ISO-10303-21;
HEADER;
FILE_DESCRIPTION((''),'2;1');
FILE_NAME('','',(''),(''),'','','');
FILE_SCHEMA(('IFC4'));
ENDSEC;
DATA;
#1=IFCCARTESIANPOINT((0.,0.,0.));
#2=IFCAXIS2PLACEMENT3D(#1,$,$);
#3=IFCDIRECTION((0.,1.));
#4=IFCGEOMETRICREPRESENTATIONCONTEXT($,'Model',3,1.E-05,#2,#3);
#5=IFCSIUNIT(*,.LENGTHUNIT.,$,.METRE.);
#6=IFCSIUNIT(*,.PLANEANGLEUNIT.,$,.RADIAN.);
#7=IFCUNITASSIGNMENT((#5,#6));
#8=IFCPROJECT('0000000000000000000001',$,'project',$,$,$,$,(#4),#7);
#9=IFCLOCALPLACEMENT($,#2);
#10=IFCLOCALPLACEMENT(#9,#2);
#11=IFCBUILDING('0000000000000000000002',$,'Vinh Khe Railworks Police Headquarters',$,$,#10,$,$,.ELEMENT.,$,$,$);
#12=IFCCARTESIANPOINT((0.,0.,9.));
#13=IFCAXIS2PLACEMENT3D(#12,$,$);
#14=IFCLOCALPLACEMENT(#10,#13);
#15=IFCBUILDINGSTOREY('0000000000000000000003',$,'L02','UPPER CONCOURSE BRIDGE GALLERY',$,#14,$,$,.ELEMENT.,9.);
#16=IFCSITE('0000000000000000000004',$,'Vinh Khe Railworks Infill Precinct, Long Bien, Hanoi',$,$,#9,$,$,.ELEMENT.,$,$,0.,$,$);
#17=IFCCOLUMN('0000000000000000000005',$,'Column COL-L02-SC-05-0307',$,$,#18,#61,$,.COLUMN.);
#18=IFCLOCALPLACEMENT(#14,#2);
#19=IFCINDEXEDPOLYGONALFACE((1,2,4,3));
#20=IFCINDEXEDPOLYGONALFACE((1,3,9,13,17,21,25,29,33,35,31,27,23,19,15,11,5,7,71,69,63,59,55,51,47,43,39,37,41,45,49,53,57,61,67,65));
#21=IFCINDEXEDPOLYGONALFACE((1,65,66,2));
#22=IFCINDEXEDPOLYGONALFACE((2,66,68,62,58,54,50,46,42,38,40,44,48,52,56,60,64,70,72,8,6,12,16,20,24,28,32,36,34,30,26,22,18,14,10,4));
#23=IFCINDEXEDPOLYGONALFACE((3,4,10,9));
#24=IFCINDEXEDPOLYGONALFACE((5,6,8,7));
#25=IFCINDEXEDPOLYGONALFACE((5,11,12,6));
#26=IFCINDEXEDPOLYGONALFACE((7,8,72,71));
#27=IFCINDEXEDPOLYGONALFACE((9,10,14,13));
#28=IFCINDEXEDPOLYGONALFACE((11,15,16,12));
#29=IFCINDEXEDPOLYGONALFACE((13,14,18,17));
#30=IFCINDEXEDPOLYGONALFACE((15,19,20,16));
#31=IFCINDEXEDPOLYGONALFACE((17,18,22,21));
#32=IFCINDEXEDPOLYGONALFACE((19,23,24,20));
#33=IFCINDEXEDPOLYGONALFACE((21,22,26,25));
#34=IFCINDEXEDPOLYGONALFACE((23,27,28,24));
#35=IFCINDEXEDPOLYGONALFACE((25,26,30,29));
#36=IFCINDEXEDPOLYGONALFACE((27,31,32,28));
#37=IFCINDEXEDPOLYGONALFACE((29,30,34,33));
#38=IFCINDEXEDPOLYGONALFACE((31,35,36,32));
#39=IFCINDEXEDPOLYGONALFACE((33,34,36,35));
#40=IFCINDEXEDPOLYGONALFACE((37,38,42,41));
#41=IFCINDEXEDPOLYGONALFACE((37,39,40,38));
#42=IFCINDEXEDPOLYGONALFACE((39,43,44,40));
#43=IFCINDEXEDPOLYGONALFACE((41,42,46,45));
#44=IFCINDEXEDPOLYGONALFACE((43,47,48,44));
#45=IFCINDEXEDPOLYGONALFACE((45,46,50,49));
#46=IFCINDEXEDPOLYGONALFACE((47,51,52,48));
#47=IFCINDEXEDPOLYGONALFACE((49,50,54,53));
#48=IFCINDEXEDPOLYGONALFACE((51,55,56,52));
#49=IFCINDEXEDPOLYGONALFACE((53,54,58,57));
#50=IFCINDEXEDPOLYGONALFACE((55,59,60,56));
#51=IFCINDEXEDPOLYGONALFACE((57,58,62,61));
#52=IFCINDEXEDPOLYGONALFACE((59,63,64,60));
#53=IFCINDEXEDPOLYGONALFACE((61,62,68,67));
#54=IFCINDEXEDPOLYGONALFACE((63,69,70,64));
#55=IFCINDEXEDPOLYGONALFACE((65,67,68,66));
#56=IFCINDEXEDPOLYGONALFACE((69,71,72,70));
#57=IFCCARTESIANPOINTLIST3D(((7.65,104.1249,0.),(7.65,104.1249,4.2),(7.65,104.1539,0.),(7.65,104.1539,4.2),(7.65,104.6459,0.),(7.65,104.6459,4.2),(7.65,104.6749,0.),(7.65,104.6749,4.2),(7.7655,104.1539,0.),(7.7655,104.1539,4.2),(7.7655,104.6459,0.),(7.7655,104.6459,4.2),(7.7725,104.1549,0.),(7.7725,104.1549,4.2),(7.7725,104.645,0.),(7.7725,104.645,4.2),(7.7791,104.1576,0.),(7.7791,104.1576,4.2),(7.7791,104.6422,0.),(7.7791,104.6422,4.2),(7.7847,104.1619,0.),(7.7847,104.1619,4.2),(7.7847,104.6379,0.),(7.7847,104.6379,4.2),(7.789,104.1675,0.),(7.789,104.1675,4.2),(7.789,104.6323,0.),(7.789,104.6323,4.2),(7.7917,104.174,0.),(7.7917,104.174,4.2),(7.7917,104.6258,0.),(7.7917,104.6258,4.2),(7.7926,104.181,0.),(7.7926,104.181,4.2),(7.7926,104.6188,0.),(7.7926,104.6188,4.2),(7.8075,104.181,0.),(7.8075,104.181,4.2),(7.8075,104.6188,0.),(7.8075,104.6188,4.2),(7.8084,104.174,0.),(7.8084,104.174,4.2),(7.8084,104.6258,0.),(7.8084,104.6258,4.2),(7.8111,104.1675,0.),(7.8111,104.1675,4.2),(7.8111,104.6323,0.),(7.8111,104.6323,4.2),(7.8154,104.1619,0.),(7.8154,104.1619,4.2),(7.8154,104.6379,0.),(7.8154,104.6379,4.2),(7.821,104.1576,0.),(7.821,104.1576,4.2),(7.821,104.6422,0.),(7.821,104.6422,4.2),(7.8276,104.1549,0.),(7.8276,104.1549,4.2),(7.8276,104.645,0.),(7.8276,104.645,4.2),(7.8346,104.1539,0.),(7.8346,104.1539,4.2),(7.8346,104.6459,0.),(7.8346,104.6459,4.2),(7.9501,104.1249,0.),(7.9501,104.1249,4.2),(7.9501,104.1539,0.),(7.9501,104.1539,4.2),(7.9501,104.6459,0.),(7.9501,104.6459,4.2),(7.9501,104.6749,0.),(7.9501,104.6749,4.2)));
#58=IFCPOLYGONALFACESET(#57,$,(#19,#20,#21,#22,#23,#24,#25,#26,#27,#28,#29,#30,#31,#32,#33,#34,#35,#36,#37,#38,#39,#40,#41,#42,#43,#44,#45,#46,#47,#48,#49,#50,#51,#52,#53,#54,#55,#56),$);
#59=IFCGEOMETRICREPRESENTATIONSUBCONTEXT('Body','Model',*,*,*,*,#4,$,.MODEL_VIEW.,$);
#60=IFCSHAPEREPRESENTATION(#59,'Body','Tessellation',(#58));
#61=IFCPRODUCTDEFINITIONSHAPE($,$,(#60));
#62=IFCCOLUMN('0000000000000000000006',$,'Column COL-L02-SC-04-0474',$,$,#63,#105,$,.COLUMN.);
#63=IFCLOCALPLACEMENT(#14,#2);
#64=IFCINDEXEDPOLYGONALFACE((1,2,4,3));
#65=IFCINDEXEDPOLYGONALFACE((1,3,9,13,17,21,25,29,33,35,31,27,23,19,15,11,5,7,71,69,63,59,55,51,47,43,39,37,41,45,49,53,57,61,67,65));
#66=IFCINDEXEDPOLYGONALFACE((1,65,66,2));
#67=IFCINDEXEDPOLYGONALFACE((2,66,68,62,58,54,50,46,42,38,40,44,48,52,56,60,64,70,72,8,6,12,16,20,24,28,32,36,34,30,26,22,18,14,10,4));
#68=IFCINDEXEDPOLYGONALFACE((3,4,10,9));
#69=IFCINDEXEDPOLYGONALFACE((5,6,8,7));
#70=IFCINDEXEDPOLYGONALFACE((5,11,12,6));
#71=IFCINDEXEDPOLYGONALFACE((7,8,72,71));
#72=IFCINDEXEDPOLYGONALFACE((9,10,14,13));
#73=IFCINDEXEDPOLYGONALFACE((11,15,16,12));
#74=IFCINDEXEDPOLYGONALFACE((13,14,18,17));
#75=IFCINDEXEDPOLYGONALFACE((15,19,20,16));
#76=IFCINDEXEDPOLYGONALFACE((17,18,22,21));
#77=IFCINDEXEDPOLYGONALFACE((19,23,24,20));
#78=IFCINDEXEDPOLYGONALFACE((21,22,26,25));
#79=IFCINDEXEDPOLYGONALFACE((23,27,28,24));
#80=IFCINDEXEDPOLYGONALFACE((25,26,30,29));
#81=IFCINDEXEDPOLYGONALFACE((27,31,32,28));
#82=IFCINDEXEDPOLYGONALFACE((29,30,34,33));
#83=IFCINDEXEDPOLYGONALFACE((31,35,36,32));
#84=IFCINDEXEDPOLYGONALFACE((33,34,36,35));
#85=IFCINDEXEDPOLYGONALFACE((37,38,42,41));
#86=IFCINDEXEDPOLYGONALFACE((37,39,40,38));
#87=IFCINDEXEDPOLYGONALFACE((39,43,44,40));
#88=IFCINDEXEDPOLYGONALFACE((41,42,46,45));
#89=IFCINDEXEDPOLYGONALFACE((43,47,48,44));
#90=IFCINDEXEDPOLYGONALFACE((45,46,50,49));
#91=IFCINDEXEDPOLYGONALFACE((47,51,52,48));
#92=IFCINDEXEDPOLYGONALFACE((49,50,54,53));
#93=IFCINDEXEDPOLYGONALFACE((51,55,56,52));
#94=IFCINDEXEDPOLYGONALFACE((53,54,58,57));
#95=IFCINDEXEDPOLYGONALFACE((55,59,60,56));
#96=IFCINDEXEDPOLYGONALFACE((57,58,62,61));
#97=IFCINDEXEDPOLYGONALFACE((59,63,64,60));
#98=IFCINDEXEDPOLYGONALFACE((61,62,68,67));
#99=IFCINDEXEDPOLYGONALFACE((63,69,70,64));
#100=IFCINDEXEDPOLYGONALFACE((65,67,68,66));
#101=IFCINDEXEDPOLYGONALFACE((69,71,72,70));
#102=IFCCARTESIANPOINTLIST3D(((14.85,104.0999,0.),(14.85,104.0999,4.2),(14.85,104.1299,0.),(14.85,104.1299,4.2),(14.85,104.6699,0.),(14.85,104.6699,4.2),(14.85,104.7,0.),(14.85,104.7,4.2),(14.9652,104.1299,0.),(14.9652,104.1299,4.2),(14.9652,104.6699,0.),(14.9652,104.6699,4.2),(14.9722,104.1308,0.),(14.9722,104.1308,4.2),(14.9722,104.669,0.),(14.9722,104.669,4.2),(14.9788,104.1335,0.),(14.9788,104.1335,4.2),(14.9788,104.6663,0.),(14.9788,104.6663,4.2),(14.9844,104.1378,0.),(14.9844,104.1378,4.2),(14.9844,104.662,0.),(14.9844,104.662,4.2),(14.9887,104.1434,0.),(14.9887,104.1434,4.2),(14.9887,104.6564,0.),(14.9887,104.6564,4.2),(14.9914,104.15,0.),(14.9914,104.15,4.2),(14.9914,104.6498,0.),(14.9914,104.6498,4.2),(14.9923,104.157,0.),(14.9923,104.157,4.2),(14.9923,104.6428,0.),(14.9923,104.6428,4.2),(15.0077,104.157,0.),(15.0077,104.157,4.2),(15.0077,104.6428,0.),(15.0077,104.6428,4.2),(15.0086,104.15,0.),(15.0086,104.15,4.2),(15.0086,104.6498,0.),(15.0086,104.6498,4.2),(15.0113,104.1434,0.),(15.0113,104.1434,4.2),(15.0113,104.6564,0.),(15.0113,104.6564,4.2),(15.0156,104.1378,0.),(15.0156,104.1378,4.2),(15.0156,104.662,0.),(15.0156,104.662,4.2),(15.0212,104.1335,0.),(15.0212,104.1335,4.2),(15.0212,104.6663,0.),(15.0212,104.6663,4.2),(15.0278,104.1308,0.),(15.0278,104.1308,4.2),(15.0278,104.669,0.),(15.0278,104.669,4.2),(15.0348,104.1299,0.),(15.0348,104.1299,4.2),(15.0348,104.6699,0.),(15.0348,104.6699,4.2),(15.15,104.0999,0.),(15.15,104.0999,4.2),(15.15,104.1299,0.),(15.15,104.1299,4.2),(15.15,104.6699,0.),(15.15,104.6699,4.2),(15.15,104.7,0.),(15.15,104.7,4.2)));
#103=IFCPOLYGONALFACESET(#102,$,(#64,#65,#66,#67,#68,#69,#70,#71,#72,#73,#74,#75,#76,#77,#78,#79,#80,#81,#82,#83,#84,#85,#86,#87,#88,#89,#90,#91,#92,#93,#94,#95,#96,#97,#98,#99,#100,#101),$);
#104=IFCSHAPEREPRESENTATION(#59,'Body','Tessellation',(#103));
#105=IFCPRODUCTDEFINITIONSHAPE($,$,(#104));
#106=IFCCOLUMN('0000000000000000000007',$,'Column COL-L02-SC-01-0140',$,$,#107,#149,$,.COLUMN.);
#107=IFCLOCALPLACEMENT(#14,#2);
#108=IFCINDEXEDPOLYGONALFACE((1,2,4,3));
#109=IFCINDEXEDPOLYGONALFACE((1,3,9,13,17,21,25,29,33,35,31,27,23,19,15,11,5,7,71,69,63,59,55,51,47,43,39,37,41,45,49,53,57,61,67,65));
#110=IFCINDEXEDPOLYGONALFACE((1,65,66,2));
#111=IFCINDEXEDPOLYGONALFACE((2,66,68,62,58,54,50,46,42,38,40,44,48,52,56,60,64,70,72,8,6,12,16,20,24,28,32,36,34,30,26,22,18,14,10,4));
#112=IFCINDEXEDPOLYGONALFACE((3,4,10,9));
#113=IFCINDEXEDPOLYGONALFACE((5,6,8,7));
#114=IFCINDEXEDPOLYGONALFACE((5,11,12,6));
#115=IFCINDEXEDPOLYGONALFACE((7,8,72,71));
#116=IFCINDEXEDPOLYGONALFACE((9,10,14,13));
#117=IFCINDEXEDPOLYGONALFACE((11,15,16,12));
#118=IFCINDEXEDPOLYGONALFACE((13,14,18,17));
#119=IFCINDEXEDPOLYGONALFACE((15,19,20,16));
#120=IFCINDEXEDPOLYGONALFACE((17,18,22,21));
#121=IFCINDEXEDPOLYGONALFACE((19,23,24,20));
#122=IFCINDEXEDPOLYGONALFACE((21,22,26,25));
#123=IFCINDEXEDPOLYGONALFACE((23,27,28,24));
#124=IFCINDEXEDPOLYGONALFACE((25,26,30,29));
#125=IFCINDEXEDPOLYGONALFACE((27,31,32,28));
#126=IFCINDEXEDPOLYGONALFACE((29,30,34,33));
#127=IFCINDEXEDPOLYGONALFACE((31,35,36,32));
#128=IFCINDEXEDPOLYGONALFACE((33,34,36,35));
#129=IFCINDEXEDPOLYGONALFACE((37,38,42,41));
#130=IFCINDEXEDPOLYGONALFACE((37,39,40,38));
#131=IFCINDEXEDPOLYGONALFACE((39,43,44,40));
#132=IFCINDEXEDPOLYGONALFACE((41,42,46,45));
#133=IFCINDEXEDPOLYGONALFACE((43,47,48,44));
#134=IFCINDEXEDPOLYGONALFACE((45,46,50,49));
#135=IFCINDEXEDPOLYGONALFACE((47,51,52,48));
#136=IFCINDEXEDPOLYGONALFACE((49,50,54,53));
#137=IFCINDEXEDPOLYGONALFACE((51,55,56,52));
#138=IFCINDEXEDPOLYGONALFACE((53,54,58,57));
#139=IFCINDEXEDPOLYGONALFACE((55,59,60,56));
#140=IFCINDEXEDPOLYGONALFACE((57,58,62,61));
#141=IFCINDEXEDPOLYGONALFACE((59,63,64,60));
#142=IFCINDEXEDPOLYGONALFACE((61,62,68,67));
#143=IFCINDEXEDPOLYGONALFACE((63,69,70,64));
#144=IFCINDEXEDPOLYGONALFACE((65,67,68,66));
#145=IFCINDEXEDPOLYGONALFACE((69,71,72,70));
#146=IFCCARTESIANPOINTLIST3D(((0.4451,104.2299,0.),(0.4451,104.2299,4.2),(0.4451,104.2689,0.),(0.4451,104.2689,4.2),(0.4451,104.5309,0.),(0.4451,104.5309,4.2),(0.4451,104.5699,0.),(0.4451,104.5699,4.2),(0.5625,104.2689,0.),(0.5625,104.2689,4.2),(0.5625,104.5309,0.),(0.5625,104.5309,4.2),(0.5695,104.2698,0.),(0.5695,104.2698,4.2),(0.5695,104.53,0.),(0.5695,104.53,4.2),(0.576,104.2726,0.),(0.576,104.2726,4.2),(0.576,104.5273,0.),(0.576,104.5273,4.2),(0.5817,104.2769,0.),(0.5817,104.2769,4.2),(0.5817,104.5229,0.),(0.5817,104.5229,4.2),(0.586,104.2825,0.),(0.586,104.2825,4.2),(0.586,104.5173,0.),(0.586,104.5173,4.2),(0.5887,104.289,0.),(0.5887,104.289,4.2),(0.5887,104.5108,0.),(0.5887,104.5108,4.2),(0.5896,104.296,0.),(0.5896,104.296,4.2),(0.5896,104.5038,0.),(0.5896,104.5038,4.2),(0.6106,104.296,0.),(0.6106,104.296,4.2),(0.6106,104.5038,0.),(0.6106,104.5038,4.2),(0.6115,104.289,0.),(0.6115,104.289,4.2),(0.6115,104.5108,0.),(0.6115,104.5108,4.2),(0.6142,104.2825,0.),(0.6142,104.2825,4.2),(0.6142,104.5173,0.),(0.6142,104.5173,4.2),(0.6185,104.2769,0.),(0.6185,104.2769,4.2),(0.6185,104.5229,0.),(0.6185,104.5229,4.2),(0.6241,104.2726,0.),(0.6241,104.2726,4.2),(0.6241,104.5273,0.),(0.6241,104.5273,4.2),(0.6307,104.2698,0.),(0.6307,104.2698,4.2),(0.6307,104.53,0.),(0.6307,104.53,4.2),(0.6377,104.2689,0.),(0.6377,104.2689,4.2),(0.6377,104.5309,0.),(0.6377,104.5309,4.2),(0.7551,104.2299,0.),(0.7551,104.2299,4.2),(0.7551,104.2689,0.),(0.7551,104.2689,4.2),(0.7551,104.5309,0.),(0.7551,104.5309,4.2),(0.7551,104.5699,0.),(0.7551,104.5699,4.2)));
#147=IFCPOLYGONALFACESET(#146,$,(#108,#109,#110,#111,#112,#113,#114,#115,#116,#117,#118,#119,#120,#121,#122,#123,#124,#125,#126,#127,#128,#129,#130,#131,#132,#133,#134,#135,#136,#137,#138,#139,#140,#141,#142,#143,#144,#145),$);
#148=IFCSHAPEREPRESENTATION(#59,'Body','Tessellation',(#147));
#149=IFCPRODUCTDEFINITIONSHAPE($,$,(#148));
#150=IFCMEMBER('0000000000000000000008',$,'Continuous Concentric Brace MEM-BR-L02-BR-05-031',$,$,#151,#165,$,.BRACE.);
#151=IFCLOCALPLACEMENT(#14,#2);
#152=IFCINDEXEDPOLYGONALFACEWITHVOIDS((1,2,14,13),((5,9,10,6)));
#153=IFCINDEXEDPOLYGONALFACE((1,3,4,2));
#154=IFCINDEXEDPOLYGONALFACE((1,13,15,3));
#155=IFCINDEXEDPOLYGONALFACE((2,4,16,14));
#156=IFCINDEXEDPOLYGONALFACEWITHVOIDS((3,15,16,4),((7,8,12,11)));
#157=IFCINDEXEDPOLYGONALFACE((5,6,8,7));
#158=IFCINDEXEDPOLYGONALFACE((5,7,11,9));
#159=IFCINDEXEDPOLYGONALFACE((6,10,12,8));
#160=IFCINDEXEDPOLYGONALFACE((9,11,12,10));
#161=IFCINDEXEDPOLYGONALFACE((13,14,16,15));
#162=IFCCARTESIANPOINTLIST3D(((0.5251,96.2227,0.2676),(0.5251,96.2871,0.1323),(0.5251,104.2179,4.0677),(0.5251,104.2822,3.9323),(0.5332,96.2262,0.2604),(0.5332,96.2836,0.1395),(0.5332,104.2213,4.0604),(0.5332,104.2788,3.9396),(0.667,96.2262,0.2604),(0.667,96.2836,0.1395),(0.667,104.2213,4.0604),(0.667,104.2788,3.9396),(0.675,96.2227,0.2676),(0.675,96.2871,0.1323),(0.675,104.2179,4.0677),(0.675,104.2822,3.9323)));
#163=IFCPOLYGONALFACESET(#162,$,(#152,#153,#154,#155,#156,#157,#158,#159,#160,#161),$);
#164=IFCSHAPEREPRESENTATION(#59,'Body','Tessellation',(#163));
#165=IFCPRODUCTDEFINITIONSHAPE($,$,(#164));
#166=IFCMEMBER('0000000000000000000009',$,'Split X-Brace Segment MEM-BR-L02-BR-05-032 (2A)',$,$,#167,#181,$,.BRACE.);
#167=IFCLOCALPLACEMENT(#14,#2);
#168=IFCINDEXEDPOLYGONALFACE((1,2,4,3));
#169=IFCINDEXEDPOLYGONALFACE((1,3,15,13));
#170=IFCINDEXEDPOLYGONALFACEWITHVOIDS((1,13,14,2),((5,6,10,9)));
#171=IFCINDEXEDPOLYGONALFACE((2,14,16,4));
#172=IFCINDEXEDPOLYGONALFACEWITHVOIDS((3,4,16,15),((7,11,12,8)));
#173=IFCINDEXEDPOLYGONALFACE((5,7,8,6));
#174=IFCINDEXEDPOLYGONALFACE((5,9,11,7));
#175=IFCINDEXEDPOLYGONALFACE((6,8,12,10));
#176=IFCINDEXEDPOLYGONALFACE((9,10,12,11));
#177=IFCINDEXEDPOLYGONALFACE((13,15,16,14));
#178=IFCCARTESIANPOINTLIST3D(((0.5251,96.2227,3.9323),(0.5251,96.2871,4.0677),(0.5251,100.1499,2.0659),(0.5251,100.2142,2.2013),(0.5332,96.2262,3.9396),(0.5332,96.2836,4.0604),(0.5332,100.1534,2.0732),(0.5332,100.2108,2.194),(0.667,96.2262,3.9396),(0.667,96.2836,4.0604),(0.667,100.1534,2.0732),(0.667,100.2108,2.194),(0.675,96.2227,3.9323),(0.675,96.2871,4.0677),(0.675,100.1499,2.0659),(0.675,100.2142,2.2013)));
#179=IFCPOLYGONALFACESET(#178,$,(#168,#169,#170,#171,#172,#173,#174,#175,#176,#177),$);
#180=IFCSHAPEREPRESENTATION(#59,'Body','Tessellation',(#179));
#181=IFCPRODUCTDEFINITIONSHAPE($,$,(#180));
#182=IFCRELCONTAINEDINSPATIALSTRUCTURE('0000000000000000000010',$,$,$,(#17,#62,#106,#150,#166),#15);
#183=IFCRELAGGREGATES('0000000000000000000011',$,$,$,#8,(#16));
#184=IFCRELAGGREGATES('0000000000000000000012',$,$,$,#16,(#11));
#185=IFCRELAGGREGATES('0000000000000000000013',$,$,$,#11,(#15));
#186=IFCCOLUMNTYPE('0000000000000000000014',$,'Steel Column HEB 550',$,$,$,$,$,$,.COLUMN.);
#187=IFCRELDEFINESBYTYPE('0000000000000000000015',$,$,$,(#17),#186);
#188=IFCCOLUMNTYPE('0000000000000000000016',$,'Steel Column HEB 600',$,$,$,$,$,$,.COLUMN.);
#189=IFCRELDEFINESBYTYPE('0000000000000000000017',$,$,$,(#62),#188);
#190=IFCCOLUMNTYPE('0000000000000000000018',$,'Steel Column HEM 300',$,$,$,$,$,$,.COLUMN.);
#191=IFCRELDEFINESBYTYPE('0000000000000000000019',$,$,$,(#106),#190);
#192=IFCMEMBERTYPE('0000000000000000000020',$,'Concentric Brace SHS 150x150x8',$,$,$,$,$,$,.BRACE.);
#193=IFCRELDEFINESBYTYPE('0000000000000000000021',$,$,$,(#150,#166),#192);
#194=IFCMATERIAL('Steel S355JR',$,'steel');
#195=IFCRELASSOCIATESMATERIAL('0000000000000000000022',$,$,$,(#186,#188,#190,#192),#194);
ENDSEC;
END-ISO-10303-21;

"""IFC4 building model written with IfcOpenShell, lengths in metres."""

from ifc_helpers import new_model, si_unit, direction, frame, origin, origin_2d, place, context, subcontext, project, spatial, hollow_rectangle, i_section, extrude, material, material_profile, profile_set, type_object, element, save


model = new_model("IFC4")

# Units and contexts
model_context = context("Model", 3, precision=1e-05, world=origin(), true_north=direction((0.0, 1.0)))
body_context = subcontext(model_context, "Body", "Model", "MODEL_VIEW")
ifc_project = project(units=[si_unit("LENGTHUNIT", "METRE"), si_unit("PLANEANGLEUNIT", "RADIAN")], contexts=[model_context])

# Site, building, storey
site_placement = place(None, origin())
site = spatial("IfcSite", under=ifc_project, at=site_placement, Name="Vinh Khe Railworks Infill Precinct, Long Bien, Hanoi", CompositionType="ELEMENT", RefElevation=0.0)
building_placement = place(site_placement, origin())
building = spatial("IfcBuilding", under=site, at=building_placement, Name="Vinh Khe Railworks Police Headquarters", CompositionType="ELEMENT")
storey_placement = place(building_placement, frame((0.0, 0.0, 9.0)))
storey = spatial("IfcBuildingStorey", under=building, at=storey_placement, Name="L02", Description="UPPER CONCOURSE BRIDGE GALLERY", CompositionType="ELEMENT", Elevation=9.0)

# Columns
ifc_material_1 = material(Name="Steel S355JR", Category="steel")
ifc_material_profile_1 = material_profile(ifc_material_1, i_section(OverallWidth=0.3, OverallDepth=0.55, WebThickness=0.0149, FlangeThickness=0.0291, FilletRadius=0.0271, at=origin_2d()), Name="HEB 550")
ifc_profile_set_1 = profile_set([ifc_material_profile_1], Name="Steel S355JR")
column_type_1 = type_object("IfcColumnType", Name="Steel Column HEB 550", PredefinedType="COLUMN", material=ifc_profile_set_1)
column_1_placement = place(storey_placement, frame((7.8, 104.3999, 0.0), z_axis=(0.0, 0.0, 1.0), x_axis=(1.0, 0.0, 0.0)))
element("IfcColumn", 1, at=column_1_placement, inside=storey, type_object=column_type_1, Name="Column COL-L02-SC-05-0307", PredefinedType="COLUMN", context=body_context, shape_type="SweptSolid", body=[
    extrude(i_section(OverallWidth=0.3, OverallDepth=0.55, WebThickness=0.0149, FlangeThickness=0.0291, FilletRadius=0.0271, at=origin_2d()), origin(), (0.0, 0.0, 1.0), 4.2),
])
ifc_material_profile_2 = material_profile(ifc_material_1, i_section(OverallWidth=0.3, OverallDepth=0.6001, WebThickness=0.0154, FlangeThickness=0.03, FilletRadius=0.0271, at=origin_2d()), Name="HEB 600")
ifc_profile_set_2 = profile_set([ifc_material_profile_2], Name="Steel S355JR")
column_type_2 = type_object("IfcColumnType", Name="Steel Column HEB 600", PredefinedType="COLUMN", material=ifc_profile_set_2)
column_2_placement = place(storey_placement, frame((15.0, 104.3999, 0.0), z_axis=(0.0, 0.0, 1.0), x_axis=(1.0, 0.0, 0.0)))
element("IfcColumn", 2, at=column_2_placement, inside=storey, type_object=column_type_2, Name="Column COL-L02-SC-04-0474", PredefinedType="COLUMN", context=body_context, shape_type="SweptSolid", body=[
    extrude(i_section(OverallWidth=0.3, OverallDepth=0.6001, WebThickness=0.0154, FlangeThickness=0.03, FilletRadius=0.0271, at=origin_2d()), origin(), (0.0, 0.0, 1.0), 4.2),
])
ifc_material_profile_3 = material_profile(ifc_material_1, i_section(OverallWidth=0.3101, OverallDepth=0.3401, WebThickness=0.021, FlangeThickness=0.0391, FilletRadius=0.0271, at=origin_2d()), Name="HEM 300")
ifc_profile_set_3 = profile_set([ifc_material_profile_3], Name="Steel S355JR")
column_type_3 = type_object("IfcColumnType", Name="Steel Column HEM 300", PredefinedType="COLUMN", material=ifc_profile_set_3)
column_3_placement = place(storey_placement, frame((0.6001, 104.3999, 0.0), z_axis=(0.0, 0.0, 1.0), x_axis=(1.0, 0.0, 0.0)))
element("IfcColumn", 3, at=column_3_placement, inside=storey, type_object=column_type_3, Name="Column COL-L02-SC-01-0140", PredefinedType="COLUMN", context=body_context, shape_type="SweptSolid", body=[
    extrude(i_section(OverallWidth=0.3101, OverallDepth=0.3401, WebThickness=0.021, FlangeThickness=0.0391, FilletRadius=0.0271, at=origin_2d()), origin(), (0.0, 0.0, 1.0), 4.2),
])

# Members
ifc_material_profile_4 = material_profile(ifc_material_1, hollow_rectangle(XDim=0.1499, YDim=0.1499, WallThickness=0.0081, at=origin_2d()), Name="SHS 150x150x8")
ifc_profile_set_4 = profile_set([ifc_material_profile_4], Name="Steel S355JR")
member_type = type_object("IfcMemberType", Name="Concentric Brace SHS 150x150x8", PredefinedType="BRACE", material=ifc_profile_set_4)
member_1_placement = place(storey_placement, frame((0.6001, 96.2549, 0.2), z_axis=(0.0, 0.903174, 0.429275), x_axis=(-1.0, 0.0, 0.0)))
element("IfcMember", 4, at=member_1_placement, inside=storey, type_object=member_type, Name="Continuous Concentric Brace MEM-BR-L02-BR-05-031", PredefinedType="BRACE", context=body_context, shape_type="SweptSolid", body=[
    extrude(hollow_rectangle(XDim=0.1499, YDim=0.1499, WallThickness=0.0081, at=origin_2d()), origin(), (0.0, 0.0, 1.0), 8.8523),
])
member_2_placement = place(storey_placement, frame((0.6001, 96.2549, 4.0), z_axis=(0.0, 0.903187, -0.429247), x_axis=(-1.0, 0.0, 0.0)))
element("IfcMember", 5, at=member_2_placement, inside=storey, type_object=member_type, Name="Split X-Brace Segment MEM-BR-L02-BR-05-032 (2A)", PredefinedType="BRACE", context=body_context, shape_type="SweptSolid", body=[
    extrude(hollow_rectangle(XDim=0.1499, YDim=0.1499, WallThickness=0.0081, at=origin_2d()), origin(), (0.0, 0.0, 1.0), 4.3481),
])

save(model, "model.ifc")
